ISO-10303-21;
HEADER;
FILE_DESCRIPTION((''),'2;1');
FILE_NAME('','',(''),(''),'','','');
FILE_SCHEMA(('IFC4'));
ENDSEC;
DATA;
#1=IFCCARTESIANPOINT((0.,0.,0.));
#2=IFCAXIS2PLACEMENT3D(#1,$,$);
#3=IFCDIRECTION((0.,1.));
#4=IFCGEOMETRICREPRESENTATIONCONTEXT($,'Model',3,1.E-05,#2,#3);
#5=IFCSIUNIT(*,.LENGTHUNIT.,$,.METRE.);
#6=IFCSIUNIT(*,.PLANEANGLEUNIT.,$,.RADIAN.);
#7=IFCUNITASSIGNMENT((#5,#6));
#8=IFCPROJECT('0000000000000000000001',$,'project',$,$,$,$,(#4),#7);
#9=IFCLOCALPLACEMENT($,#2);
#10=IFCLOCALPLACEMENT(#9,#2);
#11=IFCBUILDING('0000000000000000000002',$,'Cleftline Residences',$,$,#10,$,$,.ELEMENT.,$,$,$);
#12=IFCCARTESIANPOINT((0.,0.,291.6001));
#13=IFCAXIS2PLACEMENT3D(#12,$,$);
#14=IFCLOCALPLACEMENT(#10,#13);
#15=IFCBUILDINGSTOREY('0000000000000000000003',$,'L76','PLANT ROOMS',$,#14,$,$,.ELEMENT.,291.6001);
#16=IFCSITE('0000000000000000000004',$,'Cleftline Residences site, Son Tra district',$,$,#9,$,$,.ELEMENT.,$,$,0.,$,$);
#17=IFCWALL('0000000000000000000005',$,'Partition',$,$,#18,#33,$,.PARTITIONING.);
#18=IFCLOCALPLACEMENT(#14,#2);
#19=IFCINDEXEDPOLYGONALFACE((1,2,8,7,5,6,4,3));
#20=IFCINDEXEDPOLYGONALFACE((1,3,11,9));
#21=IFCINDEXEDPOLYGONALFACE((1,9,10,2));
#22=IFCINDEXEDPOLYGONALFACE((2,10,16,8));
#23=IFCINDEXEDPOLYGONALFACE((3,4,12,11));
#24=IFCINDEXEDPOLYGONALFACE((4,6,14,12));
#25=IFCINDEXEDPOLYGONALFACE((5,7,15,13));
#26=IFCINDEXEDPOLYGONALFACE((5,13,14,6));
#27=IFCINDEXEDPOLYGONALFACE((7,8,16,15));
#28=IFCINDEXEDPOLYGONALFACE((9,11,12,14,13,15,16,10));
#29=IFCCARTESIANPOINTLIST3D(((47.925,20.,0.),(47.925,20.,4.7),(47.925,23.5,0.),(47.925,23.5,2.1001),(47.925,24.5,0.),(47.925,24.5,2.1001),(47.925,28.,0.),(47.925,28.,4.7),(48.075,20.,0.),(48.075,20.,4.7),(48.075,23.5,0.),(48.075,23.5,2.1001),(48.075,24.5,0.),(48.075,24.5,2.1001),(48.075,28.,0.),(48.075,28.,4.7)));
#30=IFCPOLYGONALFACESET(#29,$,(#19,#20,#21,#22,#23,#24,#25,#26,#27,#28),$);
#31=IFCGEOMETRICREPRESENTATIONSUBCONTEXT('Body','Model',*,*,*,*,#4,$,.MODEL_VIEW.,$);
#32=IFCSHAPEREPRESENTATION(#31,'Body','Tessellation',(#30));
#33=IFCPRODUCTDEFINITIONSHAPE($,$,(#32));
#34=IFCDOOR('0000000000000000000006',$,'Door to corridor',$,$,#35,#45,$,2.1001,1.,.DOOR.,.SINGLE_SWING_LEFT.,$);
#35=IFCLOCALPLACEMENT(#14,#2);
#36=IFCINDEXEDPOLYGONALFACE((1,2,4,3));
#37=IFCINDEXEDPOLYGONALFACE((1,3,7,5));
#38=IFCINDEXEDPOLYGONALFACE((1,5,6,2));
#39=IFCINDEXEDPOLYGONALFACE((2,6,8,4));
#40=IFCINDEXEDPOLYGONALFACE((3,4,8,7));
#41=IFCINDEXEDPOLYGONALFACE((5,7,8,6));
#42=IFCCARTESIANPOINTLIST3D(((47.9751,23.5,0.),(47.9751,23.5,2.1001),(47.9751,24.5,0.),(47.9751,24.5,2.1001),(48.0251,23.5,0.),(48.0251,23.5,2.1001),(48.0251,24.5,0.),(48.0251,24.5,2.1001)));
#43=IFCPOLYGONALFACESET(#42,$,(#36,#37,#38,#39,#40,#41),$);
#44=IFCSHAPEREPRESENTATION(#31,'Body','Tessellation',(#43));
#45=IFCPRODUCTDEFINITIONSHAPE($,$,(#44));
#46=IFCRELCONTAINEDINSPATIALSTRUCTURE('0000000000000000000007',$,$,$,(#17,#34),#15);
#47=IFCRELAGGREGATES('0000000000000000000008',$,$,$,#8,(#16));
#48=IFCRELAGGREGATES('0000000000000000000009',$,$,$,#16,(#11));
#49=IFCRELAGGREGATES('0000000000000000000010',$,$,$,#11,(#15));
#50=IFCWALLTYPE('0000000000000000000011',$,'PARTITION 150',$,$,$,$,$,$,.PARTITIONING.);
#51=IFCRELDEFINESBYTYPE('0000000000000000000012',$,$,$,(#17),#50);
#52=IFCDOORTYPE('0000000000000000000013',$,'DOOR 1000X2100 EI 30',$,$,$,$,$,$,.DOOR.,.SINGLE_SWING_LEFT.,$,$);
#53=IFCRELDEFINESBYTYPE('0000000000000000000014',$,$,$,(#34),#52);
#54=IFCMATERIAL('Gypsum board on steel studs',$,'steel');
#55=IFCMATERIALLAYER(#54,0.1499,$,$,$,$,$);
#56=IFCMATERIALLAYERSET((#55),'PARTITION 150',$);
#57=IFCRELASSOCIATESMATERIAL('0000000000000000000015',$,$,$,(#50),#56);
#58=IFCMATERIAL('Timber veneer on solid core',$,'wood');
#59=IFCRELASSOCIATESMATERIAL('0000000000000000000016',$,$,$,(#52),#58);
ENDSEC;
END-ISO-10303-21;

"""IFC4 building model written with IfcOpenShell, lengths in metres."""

from ifc_helpers import new_model, si_unit, direction, frame, frame_2d, origin, place, context, subcontext, project, spatial, rectangle, extrude, material, layer, layer_set, type_object, element, fill, save


model = new_model("IFC4")

# Units and contexts
model_context = context("Model", 3, precision=1e-05, world=origin(), true_north=direction((0.0, 1.0)))
body_context = subcontext(model_context, "Body", "Model", "MODEL_VIEW")
ifc_project = project(units=[si_unit("LENGTHUNIT", "METRE"), si_unit("PLANEANGLEUNIT", "RADIAN")], contexts=[model_context])

# Site, building, storey
site_placement = place(None, origin())
site = spatial("IfcSite", under=ifc_project, at=site_placement, Name="Cleftline Residences site, Son Tra district", CompositionType="ELEMENT", RefElevation=0.0)
building_placement = place(site_placement, origin())
building = spatial("IfcBuilding", under=site, at=building_placement, Name="Cleftline Residences", CompositionType="ELEMENT")
storey_placement = place(building_placement, frame((0.0, 0.0, 291.6001)))
storey = spatial("IfcBuildingStorey", under=building, at=storey_placement, Name="L76", Description="PLANT ROOMS", CompositionType="ELEMENT", Elevation=291.6001)

# Shared definitions
ifc_material_1 = material(Name="Gypsum board on steel studs", Category="steel")
ifc_layer_1 = layer(ifc_material_1, 0.1499)
ifc_layer_set_1 = layer_set([ifc_layer_1], Name="PARTITION 150")
wall_type_1 = type_object("IfcWallType", Name="PARTITION 150", PredefinedType="PARTITIONING", material=ifc_layer_set_1)

# Wall, opening, door
wall_1_placement = place(storey_placement, frame((48.0, 20.0, 0.0), z_axis=(0.0, 0.0, 1.0), x_axis=(0.0, 1.0, 0.0)))
wall_1 = element("IfcWall", 1, at=wall_1_placement, inside=storey, type_object=wall_type_1, Name="Partition", PredefinedType="PARTITIONING", context=body_context, shape_type="SweptSolid", body=[
    extrude(rectangle(XDim=8.0, YDim=0.1499, at=frame_2d((4.0, 0.0))), origin(), (0.0, 0.0, 1.0), 4.7),
])
opening_1_placement = place(wall_1_placement, frame((3.5, 0.0, 0.0)))
opening_1 = element("IfcOpeningElement", 2, at=opening_1_placement, cuts=wall_1, PredefinedType="OPENING", context=body_context, shape_type="SweptSolid", body=[
    extrude(rectangle(XDim=1.0, YDim=2.1001, at=frame_2d((0.5, 1.05))), frame((0.0, 0.085, 0.0), z_axis=(0.0, -1.0, 0.0), x_axis=(1.0, 0.0, 0.0)), (0.0, 0.0, 1.0), 0.1699),
])
ifc_material_2 = material(Name="Timber veneer on solid core", Category="wood")
door_type_1 = type_object("IfcDoorType", Name="DOOR 1000X2100 EI 30", OperationType="SINGLE_SWING_LEFT", PredefinedType="DOOR", material=ifc_material_2)
door_1_placement = place(opening_1_placement, origin())
door_1 = element("IfcDoor", 3, at=door_1_placement, inside=storey, type_object=door_type_1, Name="Door to corridor", OperationType="SINGLE_SWING_LEFT", OverallHeight=2.1001, OverallWidth=1.0, PredefinedType="DOOR", context=body_context, shape_type="SweptSolid", body=[
    extrude(rectangle(XDim=1.0, YDim=2.1001, at=frame_2d((0.5, 1.05))), frame((0.0, 0.0249, 0.0), z_axis=(0.0, -1.0, 0.0), x_axis=(1.0, 0.0, 0.0)), (0.0, 0.0, 1.0), 0.05),
])
fill(opening_1, door_1)

save(model, "model.ifc")
